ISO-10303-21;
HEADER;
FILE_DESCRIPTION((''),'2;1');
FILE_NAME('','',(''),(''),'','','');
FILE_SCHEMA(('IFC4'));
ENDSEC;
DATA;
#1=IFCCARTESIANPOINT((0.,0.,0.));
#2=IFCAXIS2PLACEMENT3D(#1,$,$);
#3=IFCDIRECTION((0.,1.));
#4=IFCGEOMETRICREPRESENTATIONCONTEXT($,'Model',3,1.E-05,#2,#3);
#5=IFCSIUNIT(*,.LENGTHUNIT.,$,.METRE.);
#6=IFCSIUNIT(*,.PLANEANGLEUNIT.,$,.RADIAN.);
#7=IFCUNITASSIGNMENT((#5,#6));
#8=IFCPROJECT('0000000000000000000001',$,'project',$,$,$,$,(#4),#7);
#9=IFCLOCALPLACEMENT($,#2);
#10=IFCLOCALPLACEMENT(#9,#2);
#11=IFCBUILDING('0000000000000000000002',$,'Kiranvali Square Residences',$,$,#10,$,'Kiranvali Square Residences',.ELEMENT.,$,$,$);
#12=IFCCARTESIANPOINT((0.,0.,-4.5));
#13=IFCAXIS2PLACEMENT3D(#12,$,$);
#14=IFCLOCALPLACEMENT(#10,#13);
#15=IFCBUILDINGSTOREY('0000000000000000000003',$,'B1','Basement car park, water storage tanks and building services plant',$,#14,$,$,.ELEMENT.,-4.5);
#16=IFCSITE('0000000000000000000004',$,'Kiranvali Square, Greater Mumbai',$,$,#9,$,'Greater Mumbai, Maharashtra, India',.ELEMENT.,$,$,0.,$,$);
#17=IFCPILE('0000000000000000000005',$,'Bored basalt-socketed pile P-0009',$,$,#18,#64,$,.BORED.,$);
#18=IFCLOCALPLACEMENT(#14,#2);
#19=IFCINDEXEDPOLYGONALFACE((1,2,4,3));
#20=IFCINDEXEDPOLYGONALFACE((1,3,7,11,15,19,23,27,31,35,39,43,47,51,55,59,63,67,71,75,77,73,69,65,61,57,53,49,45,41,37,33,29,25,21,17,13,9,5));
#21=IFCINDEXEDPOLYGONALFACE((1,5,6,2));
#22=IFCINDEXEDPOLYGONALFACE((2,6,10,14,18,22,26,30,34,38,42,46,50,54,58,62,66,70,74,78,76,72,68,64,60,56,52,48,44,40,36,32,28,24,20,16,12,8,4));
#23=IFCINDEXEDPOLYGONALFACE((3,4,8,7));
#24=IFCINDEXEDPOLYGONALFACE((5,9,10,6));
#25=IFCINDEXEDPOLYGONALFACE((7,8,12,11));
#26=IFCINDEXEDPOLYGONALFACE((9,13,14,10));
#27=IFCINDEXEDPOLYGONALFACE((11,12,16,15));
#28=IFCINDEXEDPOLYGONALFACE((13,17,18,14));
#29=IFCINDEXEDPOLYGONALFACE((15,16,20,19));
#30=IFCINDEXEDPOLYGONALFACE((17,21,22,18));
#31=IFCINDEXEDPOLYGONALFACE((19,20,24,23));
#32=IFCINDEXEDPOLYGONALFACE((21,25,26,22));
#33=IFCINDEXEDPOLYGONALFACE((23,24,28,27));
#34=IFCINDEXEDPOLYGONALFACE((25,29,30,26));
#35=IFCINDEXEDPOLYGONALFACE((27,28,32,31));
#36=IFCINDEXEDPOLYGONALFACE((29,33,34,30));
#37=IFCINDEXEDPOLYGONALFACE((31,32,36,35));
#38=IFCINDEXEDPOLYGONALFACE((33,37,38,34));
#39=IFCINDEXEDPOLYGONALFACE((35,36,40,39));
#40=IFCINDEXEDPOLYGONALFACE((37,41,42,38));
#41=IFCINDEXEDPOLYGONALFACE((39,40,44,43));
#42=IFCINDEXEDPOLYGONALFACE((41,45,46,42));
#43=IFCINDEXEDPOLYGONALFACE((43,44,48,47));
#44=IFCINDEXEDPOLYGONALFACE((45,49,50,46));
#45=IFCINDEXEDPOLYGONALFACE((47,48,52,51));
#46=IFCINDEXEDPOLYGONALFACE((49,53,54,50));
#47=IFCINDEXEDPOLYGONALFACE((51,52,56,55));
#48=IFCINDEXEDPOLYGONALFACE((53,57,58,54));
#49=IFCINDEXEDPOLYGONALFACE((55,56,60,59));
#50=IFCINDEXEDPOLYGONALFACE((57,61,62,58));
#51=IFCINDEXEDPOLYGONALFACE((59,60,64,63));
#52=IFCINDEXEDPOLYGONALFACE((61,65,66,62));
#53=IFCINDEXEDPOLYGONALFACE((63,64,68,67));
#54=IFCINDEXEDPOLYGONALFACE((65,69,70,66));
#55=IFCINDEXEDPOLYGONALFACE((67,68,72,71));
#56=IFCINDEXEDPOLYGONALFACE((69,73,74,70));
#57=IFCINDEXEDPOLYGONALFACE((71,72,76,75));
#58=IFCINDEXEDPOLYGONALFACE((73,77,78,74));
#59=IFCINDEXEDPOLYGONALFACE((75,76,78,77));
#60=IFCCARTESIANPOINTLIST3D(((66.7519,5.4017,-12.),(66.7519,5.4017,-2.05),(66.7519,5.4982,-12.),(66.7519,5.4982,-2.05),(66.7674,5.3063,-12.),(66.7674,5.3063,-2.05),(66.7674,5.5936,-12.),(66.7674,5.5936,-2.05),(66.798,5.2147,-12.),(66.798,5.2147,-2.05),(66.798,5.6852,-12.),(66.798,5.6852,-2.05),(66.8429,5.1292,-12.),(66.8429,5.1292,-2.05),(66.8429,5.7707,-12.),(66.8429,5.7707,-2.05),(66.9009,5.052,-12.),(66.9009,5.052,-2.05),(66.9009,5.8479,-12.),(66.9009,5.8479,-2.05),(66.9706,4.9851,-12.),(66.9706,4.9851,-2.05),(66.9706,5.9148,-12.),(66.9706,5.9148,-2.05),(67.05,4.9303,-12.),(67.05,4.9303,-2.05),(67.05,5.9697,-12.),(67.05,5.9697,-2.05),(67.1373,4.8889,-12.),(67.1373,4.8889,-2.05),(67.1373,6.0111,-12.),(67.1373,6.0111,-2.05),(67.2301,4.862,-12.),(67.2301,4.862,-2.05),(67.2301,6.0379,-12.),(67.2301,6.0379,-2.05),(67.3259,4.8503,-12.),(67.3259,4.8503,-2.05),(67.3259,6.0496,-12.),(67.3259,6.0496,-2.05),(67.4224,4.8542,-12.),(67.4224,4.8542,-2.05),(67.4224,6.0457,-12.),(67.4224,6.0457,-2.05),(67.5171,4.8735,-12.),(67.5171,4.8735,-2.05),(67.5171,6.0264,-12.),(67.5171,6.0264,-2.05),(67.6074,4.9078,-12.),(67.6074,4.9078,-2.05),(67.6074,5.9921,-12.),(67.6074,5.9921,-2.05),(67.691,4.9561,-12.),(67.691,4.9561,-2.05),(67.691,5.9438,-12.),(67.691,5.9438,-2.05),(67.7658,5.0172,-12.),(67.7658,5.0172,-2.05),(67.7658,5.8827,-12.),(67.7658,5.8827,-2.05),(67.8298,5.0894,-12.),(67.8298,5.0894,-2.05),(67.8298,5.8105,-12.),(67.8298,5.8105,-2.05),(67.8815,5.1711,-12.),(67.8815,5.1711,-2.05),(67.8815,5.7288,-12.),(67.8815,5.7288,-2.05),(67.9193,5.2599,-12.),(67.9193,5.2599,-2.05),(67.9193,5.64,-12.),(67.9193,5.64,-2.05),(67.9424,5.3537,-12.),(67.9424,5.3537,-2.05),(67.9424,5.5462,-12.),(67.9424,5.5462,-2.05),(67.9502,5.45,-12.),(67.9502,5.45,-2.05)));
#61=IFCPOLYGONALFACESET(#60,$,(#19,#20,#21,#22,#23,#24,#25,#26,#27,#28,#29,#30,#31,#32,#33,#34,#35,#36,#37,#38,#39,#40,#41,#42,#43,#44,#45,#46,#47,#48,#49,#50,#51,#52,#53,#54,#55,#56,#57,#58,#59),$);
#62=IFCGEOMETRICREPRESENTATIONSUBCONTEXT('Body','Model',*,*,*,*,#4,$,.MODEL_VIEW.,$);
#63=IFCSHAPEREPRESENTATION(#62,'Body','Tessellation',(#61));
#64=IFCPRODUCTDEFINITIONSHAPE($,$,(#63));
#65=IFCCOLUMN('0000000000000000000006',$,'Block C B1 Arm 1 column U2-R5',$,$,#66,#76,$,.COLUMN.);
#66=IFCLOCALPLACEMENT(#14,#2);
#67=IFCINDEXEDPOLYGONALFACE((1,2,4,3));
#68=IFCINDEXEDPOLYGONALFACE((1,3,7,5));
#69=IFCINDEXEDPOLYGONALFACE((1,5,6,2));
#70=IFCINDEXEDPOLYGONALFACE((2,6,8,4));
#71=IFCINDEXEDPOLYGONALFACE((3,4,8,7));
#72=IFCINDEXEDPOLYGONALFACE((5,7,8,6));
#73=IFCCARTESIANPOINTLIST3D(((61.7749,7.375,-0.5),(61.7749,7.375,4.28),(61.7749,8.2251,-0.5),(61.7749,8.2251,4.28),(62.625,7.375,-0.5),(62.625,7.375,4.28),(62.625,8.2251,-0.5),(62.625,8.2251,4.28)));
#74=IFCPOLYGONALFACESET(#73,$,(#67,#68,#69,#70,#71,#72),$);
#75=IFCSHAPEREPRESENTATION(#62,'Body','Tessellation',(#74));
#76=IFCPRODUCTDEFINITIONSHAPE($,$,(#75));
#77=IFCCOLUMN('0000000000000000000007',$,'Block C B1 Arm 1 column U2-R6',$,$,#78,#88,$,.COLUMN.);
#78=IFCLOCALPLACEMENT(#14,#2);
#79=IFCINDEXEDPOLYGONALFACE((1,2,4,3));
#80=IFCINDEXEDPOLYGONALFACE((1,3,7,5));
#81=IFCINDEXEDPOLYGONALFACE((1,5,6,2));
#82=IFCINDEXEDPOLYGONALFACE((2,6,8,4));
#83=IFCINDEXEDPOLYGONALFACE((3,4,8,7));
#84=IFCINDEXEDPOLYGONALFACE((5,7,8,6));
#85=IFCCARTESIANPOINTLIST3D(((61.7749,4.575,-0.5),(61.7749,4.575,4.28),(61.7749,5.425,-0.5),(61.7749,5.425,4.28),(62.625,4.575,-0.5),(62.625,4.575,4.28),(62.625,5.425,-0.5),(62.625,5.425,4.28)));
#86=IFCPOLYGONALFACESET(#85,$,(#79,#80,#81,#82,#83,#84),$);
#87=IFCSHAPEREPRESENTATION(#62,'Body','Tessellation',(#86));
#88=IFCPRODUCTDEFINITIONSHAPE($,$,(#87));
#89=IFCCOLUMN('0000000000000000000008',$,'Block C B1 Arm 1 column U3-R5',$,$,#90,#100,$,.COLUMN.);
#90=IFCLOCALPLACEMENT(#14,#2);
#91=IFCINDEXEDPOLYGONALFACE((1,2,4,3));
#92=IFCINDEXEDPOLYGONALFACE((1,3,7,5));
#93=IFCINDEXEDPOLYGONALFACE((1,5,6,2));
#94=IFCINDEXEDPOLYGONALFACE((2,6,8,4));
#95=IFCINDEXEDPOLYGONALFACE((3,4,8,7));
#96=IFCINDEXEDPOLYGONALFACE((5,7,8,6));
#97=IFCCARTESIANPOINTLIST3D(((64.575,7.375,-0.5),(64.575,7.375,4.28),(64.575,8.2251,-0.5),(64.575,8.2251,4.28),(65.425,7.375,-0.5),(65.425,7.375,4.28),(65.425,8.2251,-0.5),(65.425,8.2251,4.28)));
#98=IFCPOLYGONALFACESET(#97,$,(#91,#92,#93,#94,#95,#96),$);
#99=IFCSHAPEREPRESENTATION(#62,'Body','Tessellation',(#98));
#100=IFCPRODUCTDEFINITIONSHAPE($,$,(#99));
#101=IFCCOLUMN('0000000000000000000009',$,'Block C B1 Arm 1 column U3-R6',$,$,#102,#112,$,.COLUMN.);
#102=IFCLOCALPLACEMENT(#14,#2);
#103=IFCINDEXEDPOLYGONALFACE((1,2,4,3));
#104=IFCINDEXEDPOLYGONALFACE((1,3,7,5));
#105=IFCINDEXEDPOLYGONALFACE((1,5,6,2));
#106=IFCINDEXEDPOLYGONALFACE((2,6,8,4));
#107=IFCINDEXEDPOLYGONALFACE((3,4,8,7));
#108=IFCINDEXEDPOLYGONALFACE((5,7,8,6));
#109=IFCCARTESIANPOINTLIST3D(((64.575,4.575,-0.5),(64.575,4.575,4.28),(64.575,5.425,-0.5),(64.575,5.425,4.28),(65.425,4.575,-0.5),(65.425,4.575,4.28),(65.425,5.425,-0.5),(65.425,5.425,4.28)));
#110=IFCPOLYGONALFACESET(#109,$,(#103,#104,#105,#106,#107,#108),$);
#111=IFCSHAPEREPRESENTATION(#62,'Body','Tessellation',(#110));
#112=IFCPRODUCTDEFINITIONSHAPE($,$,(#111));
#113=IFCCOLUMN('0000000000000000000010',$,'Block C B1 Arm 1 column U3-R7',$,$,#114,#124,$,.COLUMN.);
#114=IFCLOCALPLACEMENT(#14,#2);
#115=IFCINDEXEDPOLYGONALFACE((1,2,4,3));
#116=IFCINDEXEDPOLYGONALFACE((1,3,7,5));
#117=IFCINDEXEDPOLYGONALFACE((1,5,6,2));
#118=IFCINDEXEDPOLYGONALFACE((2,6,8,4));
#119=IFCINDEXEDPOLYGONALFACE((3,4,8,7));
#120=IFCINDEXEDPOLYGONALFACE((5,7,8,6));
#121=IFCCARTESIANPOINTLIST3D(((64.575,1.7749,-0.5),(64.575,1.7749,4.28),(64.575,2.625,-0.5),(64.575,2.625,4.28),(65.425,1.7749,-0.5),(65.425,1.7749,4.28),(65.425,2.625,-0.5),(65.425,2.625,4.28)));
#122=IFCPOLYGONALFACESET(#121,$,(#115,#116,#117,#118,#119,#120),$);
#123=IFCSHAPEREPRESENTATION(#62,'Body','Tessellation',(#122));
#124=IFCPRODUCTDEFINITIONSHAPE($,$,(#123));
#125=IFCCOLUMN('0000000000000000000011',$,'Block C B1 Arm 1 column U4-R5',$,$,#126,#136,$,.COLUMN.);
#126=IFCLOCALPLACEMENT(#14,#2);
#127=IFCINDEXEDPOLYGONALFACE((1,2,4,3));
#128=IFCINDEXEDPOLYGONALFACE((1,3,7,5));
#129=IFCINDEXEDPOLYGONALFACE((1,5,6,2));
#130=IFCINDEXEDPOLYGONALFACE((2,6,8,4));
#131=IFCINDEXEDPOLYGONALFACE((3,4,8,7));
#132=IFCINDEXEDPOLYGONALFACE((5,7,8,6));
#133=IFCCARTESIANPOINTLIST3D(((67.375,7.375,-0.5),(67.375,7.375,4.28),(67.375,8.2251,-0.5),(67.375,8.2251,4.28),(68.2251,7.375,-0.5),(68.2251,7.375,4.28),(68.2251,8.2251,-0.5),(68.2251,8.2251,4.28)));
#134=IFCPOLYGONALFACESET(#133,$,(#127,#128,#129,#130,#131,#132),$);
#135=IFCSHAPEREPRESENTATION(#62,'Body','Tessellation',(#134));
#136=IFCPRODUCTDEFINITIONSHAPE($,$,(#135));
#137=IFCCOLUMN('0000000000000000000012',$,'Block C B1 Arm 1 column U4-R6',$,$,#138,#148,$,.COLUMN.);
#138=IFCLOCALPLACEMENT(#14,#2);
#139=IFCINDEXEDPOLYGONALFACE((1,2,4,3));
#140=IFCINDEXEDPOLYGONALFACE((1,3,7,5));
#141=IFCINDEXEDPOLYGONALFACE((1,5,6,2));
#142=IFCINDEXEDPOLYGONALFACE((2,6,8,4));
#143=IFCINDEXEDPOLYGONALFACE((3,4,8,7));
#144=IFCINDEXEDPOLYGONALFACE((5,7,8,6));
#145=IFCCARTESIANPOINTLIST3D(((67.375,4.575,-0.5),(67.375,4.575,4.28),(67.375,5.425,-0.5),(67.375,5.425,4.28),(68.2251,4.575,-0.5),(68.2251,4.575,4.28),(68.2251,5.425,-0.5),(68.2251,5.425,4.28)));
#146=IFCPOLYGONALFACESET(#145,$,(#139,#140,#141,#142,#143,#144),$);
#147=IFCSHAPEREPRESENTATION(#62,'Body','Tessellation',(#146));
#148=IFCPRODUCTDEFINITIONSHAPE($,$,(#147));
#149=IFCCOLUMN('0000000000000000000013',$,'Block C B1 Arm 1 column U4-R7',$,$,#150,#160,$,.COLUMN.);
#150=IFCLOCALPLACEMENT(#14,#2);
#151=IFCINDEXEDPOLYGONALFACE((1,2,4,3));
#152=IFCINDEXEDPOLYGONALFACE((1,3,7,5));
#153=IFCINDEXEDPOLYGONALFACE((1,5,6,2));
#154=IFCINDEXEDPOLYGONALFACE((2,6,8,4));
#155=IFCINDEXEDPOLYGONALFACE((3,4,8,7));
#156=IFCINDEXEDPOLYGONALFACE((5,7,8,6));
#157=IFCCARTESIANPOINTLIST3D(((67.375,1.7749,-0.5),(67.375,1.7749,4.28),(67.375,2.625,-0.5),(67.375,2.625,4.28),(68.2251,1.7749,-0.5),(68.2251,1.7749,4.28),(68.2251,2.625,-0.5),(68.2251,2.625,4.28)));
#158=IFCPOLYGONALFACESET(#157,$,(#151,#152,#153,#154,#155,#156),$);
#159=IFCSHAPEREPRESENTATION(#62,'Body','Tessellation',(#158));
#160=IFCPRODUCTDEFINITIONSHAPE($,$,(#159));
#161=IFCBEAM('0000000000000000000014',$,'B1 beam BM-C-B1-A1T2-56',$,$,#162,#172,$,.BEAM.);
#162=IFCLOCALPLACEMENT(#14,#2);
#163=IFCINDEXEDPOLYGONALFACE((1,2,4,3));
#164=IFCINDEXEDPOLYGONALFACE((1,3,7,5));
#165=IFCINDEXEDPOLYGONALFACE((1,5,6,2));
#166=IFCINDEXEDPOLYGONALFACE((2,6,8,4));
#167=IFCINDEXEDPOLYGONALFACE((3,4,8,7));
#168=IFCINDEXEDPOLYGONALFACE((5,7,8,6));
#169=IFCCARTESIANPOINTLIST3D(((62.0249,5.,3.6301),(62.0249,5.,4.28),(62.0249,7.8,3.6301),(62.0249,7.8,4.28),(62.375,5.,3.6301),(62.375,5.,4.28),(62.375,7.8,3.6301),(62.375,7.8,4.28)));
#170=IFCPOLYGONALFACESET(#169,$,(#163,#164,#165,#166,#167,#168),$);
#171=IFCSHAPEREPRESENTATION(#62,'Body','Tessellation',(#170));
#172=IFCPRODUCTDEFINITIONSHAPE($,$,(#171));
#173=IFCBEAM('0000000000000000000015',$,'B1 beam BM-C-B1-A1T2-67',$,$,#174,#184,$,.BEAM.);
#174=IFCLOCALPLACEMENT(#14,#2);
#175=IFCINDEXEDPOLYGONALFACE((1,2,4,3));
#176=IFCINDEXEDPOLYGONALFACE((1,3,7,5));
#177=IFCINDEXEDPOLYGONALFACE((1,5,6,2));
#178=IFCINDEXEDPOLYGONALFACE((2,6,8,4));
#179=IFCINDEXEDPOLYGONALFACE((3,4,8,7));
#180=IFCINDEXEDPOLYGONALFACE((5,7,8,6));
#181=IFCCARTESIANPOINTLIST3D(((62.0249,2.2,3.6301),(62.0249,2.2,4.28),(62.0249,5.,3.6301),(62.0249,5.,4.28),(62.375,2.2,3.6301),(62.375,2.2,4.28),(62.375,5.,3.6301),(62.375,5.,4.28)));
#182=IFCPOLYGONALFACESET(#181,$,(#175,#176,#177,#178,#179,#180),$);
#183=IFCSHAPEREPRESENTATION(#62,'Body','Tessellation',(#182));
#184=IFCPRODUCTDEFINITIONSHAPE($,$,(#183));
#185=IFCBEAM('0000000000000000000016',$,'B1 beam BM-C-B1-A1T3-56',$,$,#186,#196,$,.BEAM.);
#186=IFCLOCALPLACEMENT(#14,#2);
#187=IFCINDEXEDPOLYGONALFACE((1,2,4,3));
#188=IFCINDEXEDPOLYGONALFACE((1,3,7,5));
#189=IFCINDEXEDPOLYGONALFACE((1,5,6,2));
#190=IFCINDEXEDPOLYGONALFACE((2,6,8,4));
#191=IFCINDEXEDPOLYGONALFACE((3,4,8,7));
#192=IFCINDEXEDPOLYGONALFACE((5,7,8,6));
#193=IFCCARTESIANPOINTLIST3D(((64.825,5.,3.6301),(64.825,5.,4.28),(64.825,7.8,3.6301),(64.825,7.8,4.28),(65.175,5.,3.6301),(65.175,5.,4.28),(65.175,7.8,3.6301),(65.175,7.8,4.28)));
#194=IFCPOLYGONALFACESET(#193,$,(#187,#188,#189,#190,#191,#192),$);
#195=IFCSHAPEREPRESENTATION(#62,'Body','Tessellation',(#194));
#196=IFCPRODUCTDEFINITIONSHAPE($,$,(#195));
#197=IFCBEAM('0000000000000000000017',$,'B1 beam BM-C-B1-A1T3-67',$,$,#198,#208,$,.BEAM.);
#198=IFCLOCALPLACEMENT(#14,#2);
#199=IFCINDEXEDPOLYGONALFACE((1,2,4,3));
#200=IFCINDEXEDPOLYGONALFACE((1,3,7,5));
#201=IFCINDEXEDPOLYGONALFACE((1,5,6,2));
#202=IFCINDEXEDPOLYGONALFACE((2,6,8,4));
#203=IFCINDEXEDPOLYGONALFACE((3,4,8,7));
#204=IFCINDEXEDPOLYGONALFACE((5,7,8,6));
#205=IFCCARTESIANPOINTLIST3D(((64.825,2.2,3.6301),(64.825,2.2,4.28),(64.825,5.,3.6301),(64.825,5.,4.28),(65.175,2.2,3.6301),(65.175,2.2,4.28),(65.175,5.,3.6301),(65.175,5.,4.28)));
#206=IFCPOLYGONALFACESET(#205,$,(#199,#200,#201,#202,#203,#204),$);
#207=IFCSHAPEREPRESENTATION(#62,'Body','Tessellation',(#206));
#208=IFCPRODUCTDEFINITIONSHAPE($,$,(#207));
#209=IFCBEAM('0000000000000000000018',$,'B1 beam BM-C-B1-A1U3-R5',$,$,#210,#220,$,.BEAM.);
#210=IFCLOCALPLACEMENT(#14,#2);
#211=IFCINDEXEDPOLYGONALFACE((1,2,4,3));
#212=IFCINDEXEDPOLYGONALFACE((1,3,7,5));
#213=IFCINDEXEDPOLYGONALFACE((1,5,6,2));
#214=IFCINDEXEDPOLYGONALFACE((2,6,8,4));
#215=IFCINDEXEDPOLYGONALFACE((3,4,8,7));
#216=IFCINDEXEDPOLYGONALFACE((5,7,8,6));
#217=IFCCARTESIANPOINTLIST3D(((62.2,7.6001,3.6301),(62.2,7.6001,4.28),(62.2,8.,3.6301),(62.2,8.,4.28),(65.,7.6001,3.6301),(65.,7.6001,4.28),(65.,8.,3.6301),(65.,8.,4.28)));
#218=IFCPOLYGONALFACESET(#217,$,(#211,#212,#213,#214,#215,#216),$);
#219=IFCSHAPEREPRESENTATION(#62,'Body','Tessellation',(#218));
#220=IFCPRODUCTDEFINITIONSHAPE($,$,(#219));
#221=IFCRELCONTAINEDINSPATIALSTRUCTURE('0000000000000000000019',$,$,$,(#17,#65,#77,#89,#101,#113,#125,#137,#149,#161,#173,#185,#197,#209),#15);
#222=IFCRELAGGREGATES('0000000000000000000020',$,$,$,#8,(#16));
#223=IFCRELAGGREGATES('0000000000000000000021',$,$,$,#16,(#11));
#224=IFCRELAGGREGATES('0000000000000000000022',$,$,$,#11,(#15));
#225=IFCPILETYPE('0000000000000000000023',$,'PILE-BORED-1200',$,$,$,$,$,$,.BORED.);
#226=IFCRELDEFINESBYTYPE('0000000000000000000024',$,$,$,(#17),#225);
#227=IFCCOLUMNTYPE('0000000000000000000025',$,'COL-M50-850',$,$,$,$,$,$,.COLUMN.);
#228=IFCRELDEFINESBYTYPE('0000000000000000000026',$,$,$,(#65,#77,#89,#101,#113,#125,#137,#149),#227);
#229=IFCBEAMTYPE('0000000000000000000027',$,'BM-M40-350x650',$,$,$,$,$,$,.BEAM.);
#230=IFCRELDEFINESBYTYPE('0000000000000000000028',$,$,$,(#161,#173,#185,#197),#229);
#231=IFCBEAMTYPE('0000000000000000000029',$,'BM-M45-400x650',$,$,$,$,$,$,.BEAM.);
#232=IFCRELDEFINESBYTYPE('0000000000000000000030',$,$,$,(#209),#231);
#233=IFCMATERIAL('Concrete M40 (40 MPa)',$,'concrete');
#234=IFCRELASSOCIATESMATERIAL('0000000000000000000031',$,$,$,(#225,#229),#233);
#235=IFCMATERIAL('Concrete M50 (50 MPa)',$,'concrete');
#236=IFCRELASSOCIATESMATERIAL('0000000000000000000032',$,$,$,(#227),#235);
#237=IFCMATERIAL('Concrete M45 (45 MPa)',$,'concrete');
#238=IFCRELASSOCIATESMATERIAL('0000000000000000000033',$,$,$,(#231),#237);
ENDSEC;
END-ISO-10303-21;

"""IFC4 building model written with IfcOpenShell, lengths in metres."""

from ifc_helpers import new_model, si_unit, direction, frame, origin, origin_2d, place, context, subcontext, project, spatial, rectangle, circle, extrude, material, material_profile, profile_set, type_object, element, save


model = new_model("IFC4")

# Units and contexts
model_context = context("Model", 3, precision=1e-05, world=origin(), true_north=direction((0.0, 1.0)))
body_context = subcontext(model_context, "Body", "Model", "MODEL_VIEW")
ifc_project = project(units=[si_unit("LENGTHUNIT", "METRE"), si_unit("PLANEANGLEUNIT", "RADIAN")], contexts=[model_context])

# Site, building, storey
site_placement = place(None, origin())
site = spatial("IfcSite", under=ifc_project, at=site_placement, Name="Kiranvali Square, Greater Mumbai", LongName="Greater Mumbai, Maharashtra, India", CompositionType="ELEMENT", RefElevation=0.0)
building_placement = place(site_placement, origin())
building = spatial("IfcBuilding", under=site, at=building_placement, Name="Kiranvali Square Residences", LongName="Kiranvali Square Residences", CompositionType="ELEMENT")
storey_placement = place(building_placement, frame((0.0, 0.0, -4.5)))
storey = spatial("IfcBuildingStorey", under=building, at=storey_placement, Name="B1", Description="Basement car park, water storage tanks and building services plant", CompositionType="ELEMENT", Elevation=-4.5)

# Shared definitions
ifc_material_1 = material(Name="Concrete M40 (40 MPa)", Category="concrete")

# Pile
ifc_material_profile_1 = material_profile(ifc_material_1, circle(Radius=0.6001, at=origin_2d()), Name="BORED PILE 1200")
ifc_profile_set_1 = profile_set([ifc_material_profile_1], Name="Concrete M40 (40 MPa)")
pile_type = type_object("IfcPileType", Name="PILE-BORED-1200", PredefinedType="BORED", material=ifc_profile_set_1)
for number, where, z_axis, x_axis, name in (
    (1, (67.3501, 5.45, -2.05), (0.0, 0.0, -1.0), (1.0, 0.0, 0.0), "Bored basalt-socketed pile P-0009"),
):
    element("IfcPile", number, at=place(storey_placement, frame(where, z_axis=z_axis, x_axis=x_axis)), inside=storey, type_object=pile_type, Name=name, PredefinedType="BORED", context=body_context, shape_type="SweptSolid", body=[
        extrude(circle(Radius=0.6001, at=origin_2d()), origin(), (0.0, 0.0, 1.0), 9.95),
    ])

# Columns
ifc_material_2 = material(Name="Concrete M50 (50 MPa)", Category="concrete")
ifc_material_profile_2 = material_profile(ifc_material_2, rectangle(XDim=0.8501, YDim=0.8501, at=origin_2d()), Name="RC 850x850")
ifc_profile_set_2 = profile_set([ifc_material_profile_2], Name="Concrete M50 (50 MPa)")
column_type = type_object("IfcColumnType", Name="COL-M50-850", PredefinedType="COLUMN", material=ifc_profile_set_2)
for number, where, z_axis, x_axis, name in (
    (2, (62.2, 7.8, -0.5), (0.0, 0.0, 1.0), (1.0, 0.0, 0.0), "Block C B1 Arm 1 column U2-R5"),
    (3, (62.2, 5.0, -0.5), (0.0, 0.0, 1.0), (1.0, 0.0, 0.0), "Block C B1 Arm 1 column U2-R6"),
    (4, (65.0, 7.8, -0.5), (0.0, 0.0, 1.0), (1.0, 0.0, 0.0), "Block C B1 Arm 1 column U3-R5"),
    (5, (65.0, 5.0, -0.5), (0.0, 0.0, 1.0), (1.0, 0.0, 0.0), "Block C B1 Arm 1 column U3-R6"),
    (6, (65.0, 2.2, -0.5), (0.0, 0.0, 1.0), (1.0, 0.0, 0.0), "Block C B1 Arm 1 column U3-R7"),
    (7, (67.8, 7.8, -0.5), (0.0, 0.0, 1.0), (1.0, 0.0, 0.0), "Block C B1 Arm 1 column U4-R5"),
    (8, (67.8, 5.0, -0.5), (0.0, 0.0, 1.0), (1.0, 0.0, 0.0), "Block C B1 Arm 1 column U4-R6"),
    (9, (67.8, 2.2, -0.5), (0.0, 0.0, 1.0), (1.0, 0.0, 0.0), "Block C B1 Arm 1 column U4-R7"),
):
    element("IfcColumn", number, at=place(storey_placement, frame(where, z_axis=z_axis, x_axis=x_axis)), inside=storey, type_object=column_type, Name=name, PredefinedType="COLUMN", context=body_context, shape_type="SweptSolid", body=[
        extrude(rectangle(XDim=0.8501, YDim=0.8501, at=origin_2d()), origin(), (0.0, 0.0, 1.0), 4.78),
    ])

# Beams
ifc_material_profile_3 = material_profile(ifc_material_1, rectangle(XDim=0.3501, YDim=0.6499, at=origin_2d()), Name="RC 350x650")
ifc_profile_set_3 = profile_set([ifc_material_profile_3], Name="Concrete M40 (40 MPa)")
beam_type_1 = type_object("IfcBeamType", Name="BM-M40-350x650", PredefinedType="BEAM", material=ifc_profile_set_3)
for number, where, z_axis, x_axis, name in (
    (10, (62.2, 7.8, 3.9551), (0.0, -1.0, 0.0), (1.0, 0.0, 0.0), "B1 beam BM-C-B1-A1T2-56"),
    (11, (62.2, 5.0, 3.9551), (0.0, -1.0, 0.0), (1.0, 0.0, 0.0), "B1 beam BM-C-B1-A1T2-67"),
    (12, (65.0, 7.8, 3.9551), (0.0, -1.0, 0.0), (1.0, 0.0, 0.0), "B1 beam BM-C-B1-A1T3-56"),
    (13, (65.0, 5.0, 3.9551), (0.0, -1.0, 0.0), (1.0, 0.0, 0.0), "B1 beam BM-C-B1-A1T3-67"),
):
    element("IfcBeam", number, at=place(storey_placement, frame(where, z_axis=z_axis, x_axis=x_axis)), inside=storey, type_object=beam_type_1, Name=name, PredefinedType="BEAM", context=body_context, shape_type="SweptSolid", body=[
        extrude(rectangle(XDim=0.3501, YDim=0.6499, at=origin_2d()), origin(), (0.0, 0.0, 1.0), 2.8),
    ])
ifc_material_3 = material(Name="Concrete M45 (45 MPa)", Category="concrete")
ifc_material_profile_4 = material_profile(ifc_material_3, rectangle(XDim=0.3999, YDim=0.6499, at=origin_2d()), Name="RC 400x650")
ifc_profile_set_4 = profile_set([ifc_material_profile_4], Name="Concrete M45 (45 MPa)")
beam_type_2 = type_object("IfcBeamType", Name="BM-M45-400x650", PredefinedType="BEAM", material=ifc_profile_set_4)
for number, where, z_axis, x_axis, name in (
    (14, (62.2, 7.8, 3.9551), (1.0, 0.0, 0.0), (0.0, 1.0, 0.0), "B1 beam BM-C-B1-A1U3-R5"),
):
    element("IfcBeam", number, at=place(storey_placement, frame(where, z_axis=z_axis, x_axis=x_axis)), inside=storey, type_object=beam_type_2, Name=name, PredefinedType="BEAM", context=body_context, shape_type="SweptSolid", body=[
        extrude(rectangle(XDim=0.3999, YDim=0.6499, at=origin_2d()), origin(), (0.0, 0.0, 1.0), 2.8),
    ])

save(model, "model.ifc")
